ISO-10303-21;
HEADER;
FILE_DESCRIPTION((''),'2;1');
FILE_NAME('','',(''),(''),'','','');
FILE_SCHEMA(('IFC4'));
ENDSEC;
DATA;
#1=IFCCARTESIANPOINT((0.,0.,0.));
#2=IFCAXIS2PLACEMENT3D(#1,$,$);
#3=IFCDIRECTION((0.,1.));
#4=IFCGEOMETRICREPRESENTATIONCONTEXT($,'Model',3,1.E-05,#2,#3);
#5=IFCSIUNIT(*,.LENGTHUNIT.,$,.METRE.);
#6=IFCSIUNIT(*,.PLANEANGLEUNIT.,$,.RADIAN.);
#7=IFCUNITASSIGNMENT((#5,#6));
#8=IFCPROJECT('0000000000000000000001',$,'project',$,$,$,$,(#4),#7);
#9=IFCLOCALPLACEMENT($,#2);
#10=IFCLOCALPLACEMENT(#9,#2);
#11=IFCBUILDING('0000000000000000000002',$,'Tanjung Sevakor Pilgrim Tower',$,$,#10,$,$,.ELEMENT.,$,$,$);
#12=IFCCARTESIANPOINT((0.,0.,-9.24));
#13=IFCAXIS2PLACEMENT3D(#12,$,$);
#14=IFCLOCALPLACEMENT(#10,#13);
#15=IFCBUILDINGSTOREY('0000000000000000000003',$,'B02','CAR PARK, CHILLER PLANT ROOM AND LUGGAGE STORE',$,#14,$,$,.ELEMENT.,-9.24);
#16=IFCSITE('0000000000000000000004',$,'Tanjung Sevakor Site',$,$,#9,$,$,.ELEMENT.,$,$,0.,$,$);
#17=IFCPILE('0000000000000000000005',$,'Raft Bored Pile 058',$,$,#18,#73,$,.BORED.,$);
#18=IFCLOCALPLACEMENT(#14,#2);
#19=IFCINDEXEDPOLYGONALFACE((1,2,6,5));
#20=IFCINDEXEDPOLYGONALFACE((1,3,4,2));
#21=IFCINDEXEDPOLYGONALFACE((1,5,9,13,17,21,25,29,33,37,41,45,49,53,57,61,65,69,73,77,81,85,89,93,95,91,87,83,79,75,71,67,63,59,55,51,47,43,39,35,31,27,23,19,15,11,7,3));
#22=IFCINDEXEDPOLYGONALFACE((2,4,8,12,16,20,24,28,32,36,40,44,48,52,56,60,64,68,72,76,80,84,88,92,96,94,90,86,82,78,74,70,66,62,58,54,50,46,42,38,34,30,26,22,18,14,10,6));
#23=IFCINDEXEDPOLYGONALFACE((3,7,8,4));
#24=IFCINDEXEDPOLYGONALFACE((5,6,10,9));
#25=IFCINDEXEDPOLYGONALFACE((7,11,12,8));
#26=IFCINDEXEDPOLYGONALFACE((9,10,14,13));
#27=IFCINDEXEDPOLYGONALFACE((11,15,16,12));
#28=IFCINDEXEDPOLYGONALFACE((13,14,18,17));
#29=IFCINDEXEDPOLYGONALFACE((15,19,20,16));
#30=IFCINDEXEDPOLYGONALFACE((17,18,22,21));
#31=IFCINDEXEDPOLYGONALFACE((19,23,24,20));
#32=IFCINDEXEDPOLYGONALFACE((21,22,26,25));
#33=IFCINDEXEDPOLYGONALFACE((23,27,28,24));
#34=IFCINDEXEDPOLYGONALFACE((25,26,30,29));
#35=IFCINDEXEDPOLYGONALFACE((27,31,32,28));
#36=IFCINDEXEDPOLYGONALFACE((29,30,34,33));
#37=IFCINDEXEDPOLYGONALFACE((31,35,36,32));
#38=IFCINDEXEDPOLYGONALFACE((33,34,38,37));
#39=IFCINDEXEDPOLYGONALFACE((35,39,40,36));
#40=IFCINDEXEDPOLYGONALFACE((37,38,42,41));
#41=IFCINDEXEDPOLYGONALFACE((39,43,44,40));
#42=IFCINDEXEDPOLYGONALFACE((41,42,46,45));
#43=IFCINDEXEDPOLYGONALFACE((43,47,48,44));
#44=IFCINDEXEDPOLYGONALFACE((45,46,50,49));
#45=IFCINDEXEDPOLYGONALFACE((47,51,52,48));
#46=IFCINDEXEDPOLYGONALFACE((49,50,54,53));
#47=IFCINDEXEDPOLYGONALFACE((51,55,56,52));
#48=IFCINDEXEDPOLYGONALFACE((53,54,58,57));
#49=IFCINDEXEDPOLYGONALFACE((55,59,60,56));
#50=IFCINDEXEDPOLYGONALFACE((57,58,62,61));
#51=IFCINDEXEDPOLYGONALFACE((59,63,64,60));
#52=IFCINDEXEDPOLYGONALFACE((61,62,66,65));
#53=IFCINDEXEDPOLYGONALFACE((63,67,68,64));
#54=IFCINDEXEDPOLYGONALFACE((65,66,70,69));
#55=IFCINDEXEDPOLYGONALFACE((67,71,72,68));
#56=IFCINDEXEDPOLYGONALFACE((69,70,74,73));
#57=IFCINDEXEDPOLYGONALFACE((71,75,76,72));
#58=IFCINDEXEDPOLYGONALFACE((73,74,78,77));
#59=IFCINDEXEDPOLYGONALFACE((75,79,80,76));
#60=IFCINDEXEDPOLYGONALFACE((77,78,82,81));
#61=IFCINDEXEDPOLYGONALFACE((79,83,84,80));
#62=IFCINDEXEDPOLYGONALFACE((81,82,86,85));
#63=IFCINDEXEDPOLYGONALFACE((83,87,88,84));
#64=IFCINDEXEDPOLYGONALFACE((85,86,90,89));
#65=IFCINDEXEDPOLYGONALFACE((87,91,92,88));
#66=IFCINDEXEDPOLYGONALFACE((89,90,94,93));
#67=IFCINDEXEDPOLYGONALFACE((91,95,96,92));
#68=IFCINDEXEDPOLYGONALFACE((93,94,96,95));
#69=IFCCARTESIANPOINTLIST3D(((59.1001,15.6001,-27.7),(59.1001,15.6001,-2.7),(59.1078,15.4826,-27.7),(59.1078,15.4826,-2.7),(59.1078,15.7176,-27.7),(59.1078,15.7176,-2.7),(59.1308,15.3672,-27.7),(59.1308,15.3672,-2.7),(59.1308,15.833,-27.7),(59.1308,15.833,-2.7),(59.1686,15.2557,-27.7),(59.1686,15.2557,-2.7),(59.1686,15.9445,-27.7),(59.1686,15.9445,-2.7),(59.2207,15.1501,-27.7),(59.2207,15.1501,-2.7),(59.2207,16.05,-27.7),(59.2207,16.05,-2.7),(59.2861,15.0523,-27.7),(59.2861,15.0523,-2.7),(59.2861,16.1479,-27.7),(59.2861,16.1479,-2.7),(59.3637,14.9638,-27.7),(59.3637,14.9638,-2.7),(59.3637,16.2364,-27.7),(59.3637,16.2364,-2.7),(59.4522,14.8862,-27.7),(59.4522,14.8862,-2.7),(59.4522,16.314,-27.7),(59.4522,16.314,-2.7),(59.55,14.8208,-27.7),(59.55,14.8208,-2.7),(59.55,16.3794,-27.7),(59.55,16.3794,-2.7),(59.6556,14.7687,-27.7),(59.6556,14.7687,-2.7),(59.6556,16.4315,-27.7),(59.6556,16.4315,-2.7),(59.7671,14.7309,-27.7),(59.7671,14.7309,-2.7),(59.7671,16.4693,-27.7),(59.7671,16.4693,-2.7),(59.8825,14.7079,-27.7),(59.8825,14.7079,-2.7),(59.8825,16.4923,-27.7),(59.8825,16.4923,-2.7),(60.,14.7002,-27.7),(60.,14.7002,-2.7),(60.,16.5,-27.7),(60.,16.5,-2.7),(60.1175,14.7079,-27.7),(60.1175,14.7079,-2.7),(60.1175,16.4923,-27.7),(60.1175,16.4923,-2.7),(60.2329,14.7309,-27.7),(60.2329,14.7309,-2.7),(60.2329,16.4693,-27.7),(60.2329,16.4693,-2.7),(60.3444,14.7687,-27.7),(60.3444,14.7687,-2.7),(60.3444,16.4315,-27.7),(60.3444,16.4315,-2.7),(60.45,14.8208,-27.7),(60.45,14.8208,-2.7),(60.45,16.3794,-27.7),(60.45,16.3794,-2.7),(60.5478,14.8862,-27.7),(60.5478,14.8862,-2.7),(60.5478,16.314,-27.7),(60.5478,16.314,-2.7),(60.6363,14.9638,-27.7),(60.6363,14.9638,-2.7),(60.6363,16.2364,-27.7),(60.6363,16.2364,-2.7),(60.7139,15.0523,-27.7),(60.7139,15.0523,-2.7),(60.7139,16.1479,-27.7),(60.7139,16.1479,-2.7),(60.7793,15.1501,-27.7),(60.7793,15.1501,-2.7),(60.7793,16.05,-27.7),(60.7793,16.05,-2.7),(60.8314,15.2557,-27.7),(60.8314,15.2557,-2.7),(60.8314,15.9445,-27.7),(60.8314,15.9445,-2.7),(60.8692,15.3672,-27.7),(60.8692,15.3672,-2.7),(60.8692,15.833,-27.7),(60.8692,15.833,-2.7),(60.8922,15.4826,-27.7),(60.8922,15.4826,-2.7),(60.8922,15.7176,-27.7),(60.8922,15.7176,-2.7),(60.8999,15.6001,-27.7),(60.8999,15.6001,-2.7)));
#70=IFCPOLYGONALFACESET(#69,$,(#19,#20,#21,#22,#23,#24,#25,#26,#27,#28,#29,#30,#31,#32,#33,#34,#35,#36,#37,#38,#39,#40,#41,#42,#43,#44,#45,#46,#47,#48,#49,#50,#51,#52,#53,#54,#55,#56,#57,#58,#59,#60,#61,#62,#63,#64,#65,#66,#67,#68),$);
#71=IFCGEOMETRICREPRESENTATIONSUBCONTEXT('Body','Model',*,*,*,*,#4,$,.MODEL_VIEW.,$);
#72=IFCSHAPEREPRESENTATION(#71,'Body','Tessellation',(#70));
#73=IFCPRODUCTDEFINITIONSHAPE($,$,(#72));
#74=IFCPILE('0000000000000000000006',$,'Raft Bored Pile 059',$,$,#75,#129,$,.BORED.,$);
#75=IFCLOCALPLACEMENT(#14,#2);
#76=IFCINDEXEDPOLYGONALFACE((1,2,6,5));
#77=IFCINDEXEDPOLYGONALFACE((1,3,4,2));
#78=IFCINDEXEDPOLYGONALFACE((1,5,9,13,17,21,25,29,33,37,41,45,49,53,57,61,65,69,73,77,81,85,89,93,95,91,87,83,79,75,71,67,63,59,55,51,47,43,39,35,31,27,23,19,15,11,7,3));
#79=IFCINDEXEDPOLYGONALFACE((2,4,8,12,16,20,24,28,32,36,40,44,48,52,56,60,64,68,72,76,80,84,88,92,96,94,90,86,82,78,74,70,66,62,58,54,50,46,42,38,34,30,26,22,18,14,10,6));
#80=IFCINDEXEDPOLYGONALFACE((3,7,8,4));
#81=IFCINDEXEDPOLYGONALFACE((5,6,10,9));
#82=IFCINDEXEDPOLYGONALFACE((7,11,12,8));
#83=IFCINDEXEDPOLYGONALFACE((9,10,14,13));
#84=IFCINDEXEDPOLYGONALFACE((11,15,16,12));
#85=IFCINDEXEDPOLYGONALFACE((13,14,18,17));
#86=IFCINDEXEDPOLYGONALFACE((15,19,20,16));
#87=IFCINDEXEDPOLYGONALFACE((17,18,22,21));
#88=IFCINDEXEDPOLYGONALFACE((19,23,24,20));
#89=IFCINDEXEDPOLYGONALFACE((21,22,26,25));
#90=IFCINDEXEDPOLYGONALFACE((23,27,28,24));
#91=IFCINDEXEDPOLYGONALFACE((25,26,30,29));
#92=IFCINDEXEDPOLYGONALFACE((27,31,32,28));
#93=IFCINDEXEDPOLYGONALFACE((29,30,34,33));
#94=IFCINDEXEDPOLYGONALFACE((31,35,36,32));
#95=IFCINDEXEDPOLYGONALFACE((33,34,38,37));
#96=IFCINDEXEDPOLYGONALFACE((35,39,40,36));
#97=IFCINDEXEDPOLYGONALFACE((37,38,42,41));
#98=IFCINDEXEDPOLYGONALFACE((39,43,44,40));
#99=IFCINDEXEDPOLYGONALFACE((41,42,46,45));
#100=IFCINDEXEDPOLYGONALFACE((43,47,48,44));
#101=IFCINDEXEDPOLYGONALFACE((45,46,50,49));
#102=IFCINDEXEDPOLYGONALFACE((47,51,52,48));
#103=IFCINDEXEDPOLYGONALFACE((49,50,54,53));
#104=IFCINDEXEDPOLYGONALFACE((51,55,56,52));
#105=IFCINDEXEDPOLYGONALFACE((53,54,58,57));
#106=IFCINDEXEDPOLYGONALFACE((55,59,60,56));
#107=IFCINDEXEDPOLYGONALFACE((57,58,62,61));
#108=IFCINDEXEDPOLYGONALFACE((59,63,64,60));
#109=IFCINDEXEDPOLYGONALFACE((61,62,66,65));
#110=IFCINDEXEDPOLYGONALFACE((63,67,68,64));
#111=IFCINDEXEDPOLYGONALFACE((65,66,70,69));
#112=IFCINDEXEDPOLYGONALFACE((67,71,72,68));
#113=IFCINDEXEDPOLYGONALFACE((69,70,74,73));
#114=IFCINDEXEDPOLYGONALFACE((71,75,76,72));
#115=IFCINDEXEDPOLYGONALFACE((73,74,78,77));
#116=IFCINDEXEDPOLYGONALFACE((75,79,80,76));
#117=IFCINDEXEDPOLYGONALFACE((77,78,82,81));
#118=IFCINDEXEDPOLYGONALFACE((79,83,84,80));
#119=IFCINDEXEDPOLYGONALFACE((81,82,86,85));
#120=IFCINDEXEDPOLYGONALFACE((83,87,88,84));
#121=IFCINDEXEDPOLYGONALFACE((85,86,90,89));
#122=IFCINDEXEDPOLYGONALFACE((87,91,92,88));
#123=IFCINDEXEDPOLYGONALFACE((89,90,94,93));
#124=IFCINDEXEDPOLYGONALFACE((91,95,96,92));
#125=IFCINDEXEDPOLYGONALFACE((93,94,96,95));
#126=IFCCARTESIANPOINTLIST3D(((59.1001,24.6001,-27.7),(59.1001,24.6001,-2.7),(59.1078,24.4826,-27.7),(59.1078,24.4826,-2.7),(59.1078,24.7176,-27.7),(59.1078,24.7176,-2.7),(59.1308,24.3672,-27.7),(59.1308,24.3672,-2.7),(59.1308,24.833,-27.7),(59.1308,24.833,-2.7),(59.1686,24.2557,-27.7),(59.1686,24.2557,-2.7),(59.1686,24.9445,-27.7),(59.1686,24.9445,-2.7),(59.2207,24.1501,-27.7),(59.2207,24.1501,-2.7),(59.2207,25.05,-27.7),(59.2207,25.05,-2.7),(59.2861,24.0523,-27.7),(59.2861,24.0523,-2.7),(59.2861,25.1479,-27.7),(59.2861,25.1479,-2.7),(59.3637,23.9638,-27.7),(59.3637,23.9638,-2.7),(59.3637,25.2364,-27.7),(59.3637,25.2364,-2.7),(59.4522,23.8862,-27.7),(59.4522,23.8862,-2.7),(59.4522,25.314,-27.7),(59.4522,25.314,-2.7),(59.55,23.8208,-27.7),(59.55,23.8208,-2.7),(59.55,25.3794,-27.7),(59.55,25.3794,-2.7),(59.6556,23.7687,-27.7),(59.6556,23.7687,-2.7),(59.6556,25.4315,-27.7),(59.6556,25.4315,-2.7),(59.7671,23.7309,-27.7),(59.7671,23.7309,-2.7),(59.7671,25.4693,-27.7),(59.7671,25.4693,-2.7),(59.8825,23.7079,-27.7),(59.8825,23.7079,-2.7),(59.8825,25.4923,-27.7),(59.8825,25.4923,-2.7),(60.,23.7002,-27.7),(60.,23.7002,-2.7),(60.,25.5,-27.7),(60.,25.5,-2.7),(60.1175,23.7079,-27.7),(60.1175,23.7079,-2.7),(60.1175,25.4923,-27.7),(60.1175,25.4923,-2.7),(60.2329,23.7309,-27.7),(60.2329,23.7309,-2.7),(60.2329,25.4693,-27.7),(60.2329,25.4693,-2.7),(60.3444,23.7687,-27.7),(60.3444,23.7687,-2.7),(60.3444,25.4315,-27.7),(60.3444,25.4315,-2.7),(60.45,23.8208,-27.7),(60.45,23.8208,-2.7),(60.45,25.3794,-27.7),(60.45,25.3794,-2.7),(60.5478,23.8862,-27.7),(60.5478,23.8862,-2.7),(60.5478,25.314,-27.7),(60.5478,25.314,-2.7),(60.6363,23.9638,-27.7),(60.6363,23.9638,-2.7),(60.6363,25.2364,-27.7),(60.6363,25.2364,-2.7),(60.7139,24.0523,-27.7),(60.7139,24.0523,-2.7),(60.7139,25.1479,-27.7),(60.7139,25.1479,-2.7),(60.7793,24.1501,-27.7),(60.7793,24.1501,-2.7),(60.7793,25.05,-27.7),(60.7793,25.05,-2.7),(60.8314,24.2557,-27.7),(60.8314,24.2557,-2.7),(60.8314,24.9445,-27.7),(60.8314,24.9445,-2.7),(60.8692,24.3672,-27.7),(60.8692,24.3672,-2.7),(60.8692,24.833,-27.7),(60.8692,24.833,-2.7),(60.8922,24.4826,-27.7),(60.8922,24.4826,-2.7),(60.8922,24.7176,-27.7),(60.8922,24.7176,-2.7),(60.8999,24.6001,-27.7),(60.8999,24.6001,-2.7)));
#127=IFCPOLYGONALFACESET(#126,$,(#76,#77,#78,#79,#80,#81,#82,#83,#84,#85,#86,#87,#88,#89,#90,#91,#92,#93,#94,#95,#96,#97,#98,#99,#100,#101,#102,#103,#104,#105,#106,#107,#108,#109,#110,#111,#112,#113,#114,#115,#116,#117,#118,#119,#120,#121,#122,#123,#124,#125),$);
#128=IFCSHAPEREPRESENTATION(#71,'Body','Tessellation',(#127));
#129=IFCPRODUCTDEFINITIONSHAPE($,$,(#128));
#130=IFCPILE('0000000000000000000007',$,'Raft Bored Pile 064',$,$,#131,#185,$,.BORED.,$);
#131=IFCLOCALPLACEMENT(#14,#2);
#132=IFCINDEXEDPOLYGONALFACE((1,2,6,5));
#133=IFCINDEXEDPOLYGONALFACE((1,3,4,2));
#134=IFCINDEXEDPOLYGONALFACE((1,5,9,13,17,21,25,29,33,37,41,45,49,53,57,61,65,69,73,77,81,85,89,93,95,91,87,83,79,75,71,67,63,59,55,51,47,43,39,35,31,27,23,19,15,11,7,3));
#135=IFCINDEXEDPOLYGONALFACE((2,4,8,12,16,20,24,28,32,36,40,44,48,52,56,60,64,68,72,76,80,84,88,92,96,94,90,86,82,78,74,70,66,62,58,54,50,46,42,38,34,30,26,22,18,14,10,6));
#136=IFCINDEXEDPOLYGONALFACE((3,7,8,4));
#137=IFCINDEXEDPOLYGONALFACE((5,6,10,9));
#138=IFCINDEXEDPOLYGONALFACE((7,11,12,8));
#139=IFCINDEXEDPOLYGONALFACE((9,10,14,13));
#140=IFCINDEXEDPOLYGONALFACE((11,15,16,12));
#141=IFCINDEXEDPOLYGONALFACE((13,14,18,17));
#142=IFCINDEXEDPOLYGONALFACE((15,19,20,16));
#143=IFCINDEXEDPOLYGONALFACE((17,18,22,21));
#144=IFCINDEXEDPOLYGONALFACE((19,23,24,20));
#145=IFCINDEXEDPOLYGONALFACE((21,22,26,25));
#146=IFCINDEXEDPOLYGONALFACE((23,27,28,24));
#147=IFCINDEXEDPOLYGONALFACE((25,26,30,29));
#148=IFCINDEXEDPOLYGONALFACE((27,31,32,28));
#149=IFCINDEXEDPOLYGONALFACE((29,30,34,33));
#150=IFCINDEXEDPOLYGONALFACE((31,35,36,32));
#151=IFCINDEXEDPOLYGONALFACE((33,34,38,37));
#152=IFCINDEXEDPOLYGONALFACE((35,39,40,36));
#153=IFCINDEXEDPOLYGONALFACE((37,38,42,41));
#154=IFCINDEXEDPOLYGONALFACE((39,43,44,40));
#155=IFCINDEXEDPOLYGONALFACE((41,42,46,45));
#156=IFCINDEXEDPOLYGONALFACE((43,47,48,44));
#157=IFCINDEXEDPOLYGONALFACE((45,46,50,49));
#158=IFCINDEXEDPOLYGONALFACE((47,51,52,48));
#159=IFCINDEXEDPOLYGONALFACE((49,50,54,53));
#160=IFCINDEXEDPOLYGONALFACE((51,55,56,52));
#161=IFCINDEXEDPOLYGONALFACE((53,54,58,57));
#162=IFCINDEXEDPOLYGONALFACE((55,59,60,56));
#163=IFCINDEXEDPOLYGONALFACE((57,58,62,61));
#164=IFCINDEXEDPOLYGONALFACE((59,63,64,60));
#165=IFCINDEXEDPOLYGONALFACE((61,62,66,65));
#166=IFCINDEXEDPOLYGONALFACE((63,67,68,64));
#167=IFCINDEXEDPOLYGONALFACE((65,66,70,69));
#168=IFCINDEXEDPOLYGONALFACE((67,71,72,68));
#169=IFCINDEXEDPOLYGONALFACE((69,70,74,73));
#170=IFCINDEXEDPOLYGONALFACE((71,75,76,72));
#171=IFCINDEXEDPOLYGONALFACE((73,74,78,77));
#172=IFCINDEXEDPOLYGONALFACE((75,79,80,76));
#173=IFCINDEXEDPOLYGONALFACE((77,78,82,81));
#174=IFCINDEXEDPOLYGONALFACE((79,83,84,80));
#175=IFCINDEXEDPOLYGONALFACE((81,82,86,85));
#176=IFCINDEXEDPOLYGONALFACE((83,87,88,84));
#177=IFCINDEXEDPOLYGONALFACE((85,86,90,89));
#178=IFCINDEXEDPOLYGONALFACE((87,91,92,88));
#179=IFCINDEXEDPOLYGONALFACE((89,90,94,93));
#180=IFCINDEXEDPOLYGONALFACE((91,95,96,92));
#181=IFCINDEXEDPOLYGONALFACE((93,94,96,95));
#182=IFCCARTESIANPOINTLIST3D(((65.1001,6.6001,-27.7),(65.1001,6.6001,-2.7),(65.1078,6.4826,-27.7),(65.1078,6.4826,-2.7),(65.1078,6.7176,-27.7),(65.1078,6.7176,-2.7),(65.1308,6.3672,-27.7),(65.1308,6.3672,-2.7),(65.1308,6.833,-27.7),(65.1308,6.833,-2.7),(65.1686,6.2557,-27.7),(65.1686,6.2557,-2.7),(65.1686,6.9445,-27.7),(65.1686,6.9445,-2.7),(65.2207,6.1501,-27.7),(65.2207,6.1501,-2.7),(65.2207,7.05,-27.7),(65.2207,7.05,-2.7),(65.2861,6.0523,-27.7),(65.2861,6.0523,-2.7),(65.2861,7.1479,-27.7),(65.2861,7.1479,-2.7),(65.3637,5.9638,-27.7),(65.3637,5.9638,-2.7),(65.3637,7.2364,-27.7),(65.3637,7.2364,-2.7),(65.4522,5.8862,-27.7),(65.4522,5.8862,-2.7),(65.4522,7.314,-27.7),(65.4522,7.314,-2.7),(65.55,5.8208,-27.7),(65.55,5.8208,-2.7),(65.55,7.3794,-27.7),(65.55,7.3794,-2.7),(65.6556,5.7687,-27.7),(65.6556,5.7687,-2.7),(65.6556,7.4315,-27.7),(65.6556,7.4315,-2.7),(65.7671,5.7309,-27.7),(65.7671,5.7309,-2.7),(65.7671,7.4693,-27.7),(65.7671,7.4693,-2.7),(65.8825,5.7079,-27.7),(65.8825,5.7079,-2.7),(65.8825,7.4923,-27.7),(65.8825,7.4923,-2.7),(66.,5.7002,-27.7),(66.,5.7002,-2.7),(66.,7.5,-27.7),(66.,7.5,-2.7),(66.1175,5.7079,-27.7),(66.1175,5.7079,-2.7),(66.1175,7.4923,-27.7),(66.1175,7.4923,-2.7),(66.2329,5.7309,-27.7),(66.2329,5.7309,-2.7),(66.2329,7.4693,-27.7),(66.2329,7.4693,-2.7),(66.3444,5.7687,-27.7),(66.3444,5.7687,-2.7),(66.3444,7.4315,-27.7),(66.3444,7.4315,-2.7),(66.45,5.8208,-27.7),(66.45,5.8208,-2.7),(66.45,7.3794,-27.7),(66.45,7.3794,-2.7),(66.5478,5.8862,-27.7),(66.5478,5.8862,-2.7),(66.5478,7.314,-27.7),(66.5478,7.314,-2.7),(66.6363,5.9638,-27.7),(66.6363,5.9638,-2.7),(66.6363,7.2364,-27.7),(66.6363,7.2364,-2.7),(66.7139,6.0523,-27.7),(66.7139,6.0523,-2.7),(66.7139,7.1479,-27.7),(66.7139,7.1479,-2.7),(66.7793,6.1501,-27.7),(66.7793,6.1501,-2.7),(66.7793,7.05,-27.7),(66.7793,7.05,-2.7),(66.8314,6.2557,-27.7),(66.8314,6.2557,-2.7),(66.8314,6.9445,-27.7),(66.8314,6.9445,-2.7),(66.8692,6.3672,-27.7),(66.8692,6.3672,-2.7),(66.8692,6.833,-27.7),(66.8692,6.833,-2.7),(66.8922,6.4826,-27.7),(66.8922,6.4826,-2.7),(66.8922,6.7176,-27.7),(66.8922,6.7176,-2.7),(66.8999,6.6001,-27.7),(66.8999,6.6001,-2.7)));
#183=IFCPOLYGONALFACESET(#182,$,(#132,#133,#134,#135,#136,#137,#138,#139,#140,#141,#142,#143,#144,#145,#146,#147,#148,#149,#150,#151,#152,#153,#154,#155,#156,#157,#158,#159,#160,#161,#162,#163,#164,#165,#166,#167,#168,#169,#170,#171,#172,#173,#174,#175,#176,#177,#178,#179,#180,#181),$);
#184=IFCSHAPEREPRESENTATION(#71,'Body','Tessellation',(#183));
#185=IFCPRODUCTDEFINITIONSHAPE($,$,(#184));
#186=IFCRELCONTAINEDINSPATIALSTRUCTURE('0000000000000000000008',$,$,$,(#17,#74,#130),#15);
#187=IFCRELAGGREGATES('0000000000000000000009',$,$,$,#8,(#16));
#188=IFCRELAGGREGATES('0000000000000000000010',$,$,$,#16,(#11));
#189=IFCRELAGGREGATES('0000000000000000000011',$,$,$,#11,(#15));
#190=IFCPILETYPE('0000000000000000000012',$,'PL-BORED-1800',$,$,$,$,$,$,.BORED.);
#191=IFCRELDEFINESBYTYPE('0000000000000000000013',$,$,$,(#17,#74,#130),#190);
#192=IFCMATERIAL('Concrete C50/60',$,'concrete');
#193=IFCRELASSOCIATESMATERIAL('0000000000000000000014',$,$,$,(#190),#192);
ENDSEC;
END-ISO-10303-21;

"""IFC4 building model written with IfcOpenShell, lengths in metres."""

from ifc_helpers import new_model, si_unit, direction, frame, origin, origin_2d, place, context, subcontext, project, spatial, circle, extrude, material, material_profile, profile_set, type_object, element, save


model = new_model("IFC4")

# Units and contexts
model_context = context("Model", 3, precision=1e-05, world=origin(), true_north=direction((0.0, 1.0)))
body_context = subcontext(model_context, "Body", "Model", "MODEL_VIEW")
ifc_project = project(units=[si_unit("LENGTHUNIT", "METRE"), si_unit("PLANEANGLEUNIT", "RADIAN")], contexts=[model_context])

# Site, building, storey
site_placement = place(None, origin())
site = spatial("IfcSite", under=ifc_project, at=site_placement, Name="Tanjung Sevakor Site", CompositionType="ELEMENT", RefElevation=0.0)
building_placement = place(site_placement, origin())
building = spatial("IfcBuilding", under=site, at=building_placement, Name="Tanjung Sevakor Pilgrim Tower", CompositionType="ELEMENT")
storey_placement = place(building_placement, frame((0.0, 0.0, -9.24)))
storey = spatial("IfcBuildingStorey", under=building, at=storey_placement, Name="B02", Description="CAR PARK, CHILLER PLANT ROOM AND LUGGAGE STORE", CompositionType="ELEMENT", Elevation=-9.24)

# Piles
ifc_material_1 = material(Name="Concrete C50/60", Category="concrete")
ifc_material_profile_1 = material_profile(ifc_material_1, circle(Radius=0.8999, at=origin_2d()))
ifc_profile_set_1 = profile_set([ifc_material_profile_1], Name="Concrete C50/60")
pile_type = type_object("IfcPileType", Name="PL-BORED-1800", PredefinedType="BORED", material=ifc_profile_set_1)
for number, where, z_axis, x_axis, name in (
    (1, (60.0, 15.6001, -2.7), (0.0, 0.0, -1.0), (1.0, 0.0, 0.0), "Raft Bored Pile 058"),
    (2, (60.0, 24.6001, -2.7), (0.0, 0.0, -1.0), (1.0, 0.0, 0.0), "Raft Bored Pile 059"),
    (3, (66.0, 6.6001, -2.7), (0.0, 0.0, -1.0), (1.0, 0.0, 0.0), "Raft Bored Pile 064"),
):
    element("IfcPile", number, at=place(storey_placement, frame(where, z_axis=z_axis, x_axis=x_axis)), inside=storey, type_object=pile_type, Name=name, PredefinedType="BORED", context=body_context, shape_type="SweptSolid", body=[
        extrude(circle(Radius=0.8999, at=origin_2d()), origin(), (0.0, 0.0, 1.0), 25.0),
    ])

save(model, "model.ifc")
